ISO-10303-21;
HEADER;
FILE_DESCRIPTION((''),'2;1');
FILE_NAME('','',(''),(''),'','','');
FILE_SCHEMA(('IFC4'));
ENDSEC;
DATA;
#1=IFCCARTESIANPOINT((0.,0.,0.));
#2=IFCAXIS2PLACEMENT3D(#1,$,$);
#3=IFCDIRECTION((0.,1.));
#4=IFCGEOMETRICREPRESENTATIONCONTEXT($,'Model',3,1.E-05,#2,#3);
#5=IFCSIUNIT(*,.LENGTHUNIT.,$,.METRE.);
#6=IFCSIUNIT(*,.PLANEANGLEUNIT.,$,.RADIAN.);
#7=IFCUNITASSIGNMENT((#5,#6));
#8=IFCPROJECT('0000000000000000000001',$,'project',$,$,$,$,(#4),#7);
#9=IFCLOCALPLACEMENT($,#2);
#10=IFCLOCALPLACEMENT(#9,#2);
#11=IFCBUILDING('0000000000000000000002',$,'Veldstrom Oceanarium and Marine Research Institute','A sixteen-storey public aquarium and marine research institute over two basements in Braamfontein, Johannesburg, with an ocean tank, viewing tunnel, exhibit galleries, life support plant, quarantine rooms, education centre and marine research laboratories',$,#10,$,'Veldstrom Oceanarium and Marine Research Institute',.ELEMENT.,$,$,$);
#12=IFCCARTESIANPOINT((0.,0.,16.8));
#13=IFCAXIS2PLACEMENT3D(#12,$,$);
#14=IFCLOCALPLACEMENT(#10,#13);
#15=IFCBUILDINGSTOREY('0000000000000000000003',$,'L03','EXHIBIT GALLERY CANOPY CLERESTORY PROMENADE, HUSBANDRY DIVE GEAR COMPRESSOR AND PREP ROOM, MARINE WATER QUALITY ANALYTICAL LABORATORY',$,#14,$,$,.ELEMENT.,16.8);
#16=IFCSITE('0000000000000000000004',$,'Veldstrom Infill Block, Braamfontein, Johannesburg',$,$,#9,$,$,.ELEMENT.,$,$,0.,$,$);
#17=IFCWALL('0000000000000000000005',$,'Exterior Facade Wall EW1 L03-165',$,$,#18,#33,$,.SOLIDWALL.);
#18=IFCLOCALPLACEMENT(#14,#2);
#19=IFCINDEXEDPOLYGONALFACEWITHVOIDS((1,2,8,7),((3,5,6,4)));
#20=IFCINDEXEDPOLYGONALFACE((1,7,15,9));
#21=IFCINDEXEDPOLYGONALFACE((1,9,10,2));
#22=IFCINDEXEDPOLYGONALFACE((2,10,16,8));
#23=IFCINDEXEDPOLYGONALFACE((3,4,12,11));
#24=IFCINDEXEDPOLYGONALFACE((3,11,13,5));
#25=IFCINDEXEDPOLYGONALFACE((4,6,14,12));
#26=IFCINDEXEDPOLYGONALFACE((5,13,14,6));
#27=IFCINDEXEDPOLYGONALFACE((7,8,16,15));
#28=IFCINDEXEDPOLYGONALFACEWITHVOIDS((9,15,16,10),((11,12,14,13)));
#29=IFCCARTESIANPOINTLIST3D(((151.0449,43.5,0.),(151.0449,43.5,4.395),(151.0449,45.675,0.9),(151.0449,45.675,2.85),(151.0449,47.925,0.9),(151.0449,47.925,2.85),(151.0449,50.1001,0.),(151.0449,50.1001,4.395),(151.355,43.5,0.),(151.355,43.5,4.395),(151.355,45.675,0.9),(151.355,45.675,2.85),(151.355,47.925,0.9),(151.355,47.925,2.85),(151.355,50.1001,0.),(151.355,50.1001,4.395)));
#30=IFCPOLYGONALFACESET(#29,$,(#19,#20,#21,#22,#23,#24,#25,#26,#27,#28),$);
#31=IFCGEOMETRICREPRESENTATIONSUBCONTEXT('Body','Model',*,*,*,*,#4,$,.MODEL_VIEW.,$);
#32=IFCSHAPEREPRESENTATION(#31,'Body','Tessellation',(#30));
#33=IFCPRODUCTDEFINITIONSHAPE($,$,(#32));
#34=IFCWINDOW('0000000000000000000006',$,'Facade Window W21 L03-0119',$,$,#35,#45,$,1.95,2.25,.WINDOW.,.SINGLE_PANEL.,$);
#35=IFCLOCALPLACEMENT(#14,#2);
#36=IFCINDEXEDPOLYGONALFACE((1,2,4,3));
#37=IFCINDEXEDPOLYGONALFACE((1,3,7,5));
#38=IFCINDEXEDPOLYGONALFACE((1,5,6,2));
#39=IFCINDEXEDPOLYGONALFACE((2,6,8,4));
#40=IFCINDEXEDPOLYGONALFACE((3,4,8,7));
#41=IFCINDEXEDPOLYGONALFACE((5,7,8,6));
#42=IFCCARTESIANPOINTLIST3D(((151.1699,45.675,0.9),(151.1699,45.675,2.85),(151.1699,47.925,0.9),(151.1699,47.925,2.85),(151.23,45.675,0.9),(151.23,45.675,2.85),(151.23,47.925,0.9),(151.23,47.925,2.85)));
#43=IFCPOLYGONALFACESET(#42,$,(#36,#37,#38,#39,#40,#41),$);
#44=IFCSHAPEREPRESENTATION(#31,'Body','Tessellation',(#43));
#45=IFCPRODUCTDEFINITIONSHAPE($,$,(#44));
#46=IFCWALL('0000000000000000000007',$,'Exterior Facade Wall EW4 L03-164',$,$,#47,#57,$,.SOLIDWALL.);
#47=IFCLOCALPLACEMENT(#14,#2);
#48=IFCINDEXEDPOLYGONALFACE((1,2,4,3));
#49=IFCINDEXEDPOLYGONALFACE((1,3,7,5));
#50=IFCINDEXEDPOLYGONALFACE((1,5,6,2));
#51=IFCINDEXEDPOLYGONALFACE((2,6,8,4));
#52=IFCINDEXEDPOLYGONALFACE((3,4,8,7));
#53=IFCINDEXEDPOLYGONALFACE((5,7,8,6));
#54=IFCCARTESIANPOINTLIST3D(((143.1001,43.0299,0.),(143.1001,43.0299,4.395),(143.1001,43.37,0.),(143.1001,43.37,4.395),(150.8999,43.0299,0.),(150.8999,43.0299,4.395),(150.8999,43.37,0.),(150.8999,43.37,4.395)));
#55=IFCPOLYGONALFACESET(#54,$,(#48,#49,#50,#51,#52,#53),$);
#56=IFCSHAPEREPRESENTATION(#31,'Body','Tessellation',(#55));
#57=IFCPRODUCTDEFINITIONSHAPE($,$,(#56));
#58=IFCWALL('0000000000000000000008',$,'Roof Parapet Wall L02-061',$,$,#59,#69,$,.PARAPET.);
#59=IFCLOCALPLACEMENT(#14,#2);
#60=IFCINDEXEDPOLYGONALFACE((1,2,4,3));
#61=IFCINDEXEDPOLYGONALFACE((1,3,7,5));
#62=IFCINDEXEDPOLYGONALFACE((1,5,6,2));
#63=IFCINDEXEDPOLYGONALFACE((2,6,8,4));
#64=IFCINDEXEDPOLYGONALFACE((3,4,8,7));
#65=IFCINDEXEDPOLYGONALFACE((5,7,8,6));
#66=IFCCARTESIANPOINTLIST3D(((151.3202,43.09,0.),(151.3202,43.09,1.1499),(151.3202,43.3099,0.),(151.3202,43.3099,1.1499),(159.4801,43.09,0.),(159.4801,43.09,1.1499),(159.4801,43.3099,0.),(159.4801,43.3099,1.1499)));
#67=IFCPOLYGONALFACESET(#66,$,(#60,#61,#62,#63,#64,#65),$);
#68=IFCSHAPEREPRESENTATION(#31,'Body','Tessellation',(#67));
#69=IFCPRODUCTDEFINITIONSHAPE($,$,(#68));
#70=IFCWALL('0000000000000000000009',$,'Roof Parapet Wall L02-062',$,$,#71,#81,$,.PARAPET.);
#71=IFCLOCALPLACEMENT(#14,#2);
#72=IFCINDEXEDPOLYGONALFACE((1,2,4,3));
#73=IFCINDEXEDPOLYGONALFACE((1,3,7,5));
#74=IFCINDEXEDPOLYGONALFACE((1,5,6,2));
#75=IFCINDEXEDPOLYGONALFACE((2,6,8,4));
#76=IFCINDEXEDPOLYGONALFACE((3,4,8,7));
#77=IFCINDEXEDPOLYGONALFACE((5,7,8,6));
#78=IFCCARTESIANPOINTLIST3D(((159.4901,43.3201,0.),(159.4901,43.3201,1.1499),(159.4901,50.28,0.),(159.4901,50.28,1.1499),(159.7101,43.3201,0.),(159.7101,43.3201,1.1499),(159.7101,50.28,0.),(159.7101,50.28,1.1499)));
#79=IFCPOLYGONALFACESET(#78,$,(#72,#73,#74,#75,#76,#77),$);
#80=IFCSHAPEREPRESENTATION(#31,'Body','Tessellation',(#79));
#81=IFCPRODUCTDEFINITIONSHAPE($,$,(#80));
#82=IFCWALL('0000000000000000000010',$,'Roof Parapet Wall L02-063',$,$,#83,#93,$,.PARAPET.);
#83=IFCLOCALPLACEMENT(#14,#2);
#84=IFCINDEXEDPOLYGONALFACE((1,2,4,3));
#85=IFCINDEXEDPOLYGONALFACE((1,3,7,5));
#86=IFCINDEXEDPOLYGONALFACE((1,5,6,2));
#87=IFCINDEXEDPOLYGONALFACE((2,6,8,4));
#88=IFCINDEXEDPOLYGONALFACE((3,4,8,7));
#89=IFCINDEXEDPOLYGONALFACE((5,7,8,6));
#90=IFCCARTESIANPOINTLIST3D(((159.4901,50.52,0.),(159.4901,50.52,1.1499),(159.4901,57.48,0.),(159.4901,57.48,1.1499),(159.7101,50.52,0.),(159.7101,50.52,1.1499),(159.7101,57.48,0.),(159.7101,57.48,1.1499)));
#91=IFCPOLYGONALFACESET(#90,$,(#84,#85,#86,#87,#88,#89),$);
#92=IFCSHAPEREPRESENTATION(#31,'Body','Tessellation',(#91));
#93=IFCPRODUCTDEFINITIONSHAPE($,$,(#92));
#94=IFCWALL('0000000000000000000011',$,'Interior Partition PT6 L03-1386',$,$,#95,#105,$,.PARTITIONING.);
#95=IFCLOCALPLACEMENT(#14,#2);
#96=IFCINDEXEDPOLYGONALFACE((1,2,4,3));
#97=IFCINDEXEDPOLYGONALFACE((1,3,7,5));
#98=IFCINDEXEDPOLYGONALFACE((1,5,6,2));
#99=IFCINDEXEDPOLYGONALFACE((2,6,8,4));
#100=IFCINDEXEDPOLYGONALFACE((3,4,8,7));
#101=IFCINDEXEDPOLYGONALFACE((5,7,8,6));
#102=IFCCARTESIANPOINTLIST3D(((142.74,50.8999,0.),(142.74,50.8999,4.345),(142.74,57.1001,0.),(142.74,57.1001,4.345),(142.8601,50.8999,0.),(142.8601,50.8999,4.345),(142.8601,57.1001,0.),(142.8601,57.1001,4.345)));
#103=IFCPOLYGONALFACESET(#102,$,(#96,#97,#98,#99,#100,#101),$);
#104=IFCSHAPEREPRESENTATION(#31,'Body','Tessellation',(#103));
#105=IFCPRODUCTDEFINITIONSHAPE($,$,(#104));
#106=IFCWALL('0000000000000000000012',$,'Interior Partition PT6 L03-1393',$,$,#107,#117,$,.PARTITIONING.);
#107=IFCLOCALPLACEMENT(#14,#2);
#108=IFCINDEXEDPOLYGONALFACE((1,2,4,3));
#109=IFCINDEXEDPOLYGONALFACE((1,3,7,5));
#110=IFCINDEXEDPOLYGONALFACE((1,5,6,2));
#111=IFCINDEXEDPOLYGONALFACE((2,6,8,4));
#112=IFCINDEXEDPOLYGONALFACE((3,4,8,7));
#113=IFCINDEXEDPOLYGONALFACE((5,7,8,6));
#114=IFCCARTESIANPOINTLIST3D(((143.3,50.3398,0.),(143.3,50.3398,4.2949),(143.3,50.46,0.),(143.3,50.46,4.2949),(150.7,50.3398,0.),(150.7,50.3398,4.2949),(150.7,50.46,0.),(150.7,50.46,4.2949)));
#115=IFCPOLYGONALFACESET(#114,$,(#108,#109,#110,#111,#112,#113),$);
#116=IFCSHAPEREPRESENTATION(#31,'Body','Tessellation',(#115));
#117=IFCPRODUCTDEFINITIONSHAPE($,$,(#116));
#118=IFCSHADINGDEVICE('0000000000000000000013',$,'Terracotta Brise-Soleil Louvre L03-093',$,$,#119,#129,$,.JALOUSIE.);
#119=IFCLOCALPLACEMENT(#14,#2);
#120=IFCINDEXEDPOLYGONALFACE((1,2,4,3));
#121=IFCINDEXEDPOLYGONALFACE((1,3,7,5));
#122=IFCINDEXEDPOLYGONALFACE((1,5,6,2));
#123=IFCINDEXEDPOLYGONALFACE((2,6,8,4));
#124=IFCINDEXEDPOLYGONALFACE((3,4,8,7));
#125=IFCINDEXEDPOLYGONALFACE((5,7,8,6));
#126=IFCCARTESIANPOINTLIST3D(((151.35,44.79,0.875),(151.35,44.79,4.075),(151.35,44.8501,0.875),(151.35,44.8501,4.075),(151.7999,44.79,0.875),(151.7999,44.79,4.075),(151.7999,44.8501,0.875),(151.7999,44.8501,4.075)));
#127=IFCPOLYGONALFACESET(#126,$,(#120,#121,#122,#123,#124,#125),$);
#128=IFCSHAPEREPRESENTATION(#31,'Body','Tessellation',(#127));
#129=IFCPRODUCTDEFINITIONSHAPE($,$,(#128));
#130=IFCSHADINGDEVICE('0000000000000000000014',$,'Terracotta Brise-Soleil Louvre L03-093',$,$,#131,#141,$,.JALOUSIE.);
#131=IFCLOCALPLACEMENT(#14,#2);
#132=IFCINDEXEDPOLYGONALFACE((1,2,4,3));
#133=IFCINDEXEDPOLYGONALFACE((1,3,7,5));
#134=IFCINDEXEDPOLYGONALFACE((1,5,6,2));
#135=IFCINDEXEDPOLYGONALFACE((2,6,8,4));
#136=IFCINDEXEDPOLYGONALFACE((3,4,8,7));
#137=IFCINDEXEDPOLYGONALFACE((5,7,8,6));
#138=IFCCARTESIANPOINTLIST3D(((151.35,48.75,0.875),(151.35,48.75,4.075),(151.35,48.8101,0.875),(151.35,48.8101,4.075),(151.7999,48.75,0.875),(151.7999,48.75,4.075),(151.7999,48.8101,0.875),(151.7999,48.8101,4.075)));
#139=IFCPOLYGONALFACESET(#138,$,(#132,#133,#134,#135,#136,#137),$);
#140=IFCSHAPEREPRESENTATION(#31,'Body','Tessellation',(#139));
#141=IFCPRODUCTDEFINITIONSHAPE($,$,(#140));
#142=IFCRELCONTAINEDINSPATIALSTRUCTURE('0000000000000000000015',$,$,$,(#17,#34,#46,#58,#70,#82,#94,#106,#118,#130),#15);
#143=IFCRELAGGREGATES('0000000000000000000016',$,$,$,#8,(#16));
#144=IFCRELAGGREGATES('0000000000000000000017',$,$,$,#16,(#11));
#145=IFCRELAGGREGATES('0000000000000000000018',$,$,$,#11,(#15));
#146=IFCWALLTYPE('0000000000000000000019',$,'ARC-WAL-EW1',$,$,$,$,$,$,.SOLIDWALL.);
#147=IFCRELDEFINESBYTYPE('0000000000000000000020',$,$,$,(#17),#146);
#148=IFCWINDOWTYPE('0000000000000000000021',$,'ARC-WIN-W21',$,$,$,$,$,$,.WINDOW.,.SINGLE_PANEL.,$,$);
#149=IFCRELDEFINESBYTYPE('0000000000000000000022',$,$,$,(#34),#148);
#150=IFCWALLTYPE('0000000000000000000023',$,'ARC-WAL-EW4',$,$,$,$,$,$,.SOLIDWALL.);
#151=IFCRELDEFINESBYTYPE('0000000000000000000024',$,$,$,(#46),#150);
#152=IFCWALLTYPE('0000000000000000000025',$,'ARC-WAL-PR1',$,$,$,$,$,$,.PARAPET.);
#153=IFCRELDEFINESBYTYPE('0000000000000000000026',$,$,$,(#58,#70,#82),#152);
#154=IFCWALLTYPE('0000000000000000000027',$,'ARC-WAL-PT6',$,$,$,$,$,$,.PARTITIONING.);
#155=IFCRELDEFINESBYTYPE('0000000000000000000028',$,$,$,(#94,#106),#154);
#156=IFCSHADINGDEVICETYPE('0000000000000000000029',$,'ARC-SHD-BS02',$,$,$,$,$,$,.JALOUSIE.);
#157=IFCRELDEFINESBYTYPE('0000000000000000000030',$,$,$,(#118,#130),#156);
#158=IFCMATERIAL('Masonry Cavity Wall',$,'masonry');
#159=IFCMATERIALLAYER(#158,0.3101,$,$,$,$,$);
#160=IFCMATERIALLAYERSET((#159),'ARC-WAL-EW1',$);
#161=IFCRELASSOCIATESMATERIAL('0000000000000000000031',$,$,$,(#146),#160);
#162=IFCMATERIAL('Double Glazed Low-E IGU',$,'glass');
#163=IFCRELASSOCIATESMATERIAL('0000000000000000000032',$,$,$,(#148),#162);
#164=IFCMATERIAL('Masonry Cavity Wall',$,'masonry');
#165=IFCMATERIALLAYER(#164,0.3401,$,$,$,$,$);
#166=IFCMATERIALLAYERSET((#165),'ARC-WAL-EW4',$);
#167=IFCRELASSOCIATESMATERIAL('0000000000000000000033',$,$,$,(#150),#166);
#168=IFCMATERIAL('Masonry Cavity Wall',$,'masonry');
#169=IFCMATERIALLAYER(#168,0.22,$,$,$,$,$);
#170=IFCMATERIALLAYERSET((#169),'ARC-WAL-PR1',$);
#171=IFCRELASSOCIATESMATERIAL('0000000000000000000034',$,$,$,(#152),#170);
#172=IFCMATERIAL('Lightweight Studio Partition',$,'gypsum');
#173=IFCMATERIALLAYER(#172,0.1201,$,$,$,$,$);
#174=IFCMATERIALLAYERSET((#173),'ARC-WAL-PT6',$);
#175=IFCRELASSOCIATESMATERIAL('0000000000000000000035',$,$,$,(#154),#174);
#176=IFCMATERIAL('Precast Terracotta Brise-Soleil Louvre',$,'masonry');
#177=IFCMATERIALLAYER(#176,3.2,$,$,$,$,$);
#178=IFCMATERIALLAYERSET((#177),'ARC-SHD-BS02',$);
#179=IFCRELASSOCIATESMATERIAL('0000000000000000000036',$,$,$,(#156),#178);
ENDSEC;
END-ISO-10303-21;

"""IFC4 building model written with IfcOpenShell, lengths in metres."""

from ifc_helpers import new_model, si_unit, direction, frame, frame_2d, origin, origin_2d, place, context, subcontext, project, spatial, rectangle, extrude, material, layer, layer_set, type_object, element, fill, save


model = new_model("IFC4")

# Units and contexts
model_context = context("Model", 3, precision=1e-05, world=origin(), true_north=direction((0.0, 1.0)))
body_context = subcontext(model_context, "Body", "Model", "MODEL_VIEW")
ifc_project = project(units=[si_unit("LENGTHUNIT", "METRE"), si_unit("PLANEANGLEUNIT", "RADIAN")], contexts=[model_context])

# Site, building, storey
site_placement = place(None, origin())
site = spatial("IfcSite", under=ifc_project, at=site_placement, Name="Veldstrom Infill Block, Braamfontein, Johannesburg", CompositionType="ELEMENT", RefElevation=0.0)
building_placement = place(site_placement, origin())
building = spatial("IfcBuilding", under=site, at=building_placement, Name="Veldstrom Oceanarium and Marine Research Institute", Description="A sixteen-storey public aquarium and marine research institute over two basements in Braamfontein, Johannesburg, with an ocean tank, viewing tunnel, exhibit galleries, life support plant, quarantine rooms, education centre and marine research laboratories", LongName="Veldstrom Oceanarium and Marine Research Institute", CompositionType="ELEMENT")
storey_placement = place(building_placement, frame((0.0, 0.0, 16.8)))
storey = spatial("IfcBuildingStorey", under=building, at=storey_placement, Name="L03", Description="EXHIBIT GALLERY CANOPY CLERESTORY PROMENADE, HUSBANDRY DIVE GEAR COMPRESSOR AND PREP ROOM, MARINE WATER QUALITY ANALYTICAL LABORATORY", CompositionType="ELEMENT", Elevation=16.8)

# Wall, opening, window
ifc_material_1 = material(Name="Masonry Cavity Wall", Category="masonry")
ifc_layer_1 = layer(ifc_material_1, 0.3101)
ifc_layer_set_1 = layer_set([ifc_layer_1], Name="ARC-WAL-EW1")
wall_type_1 = type_object("IfcWallType", Name="ARC-WAL-EW1", PredefinedType="SOLIDWALL", material=ifc_layer_set_1)
wall_1_placement = place(storey_placement, frame((151.2, 43.5, 0.0), z_axis=(0.0, 0.0, 1.0), x_axis=(0.0, 1.0, 0.0)))
wall_1 = element("IfcWall", 1, at=wall_1_placement, inside=storey, type_object=wall_type_1, Name="Exterior Facade Wall EW1 L03-165", PredefinedType="SOLIDWALL", context=body_context, shape_type="SweptSolid", body=[
    extrude(rectangle(XDim=6.6001, YDim=0.3101, at=frame_2d((3.3, 0.0))), origin(), (0.0, 0.0, 1.0), 4.395),
])
opening_placement = place(wall_1_placement, frame((2.175, 0.0, 0.8999)))
opening = element("IfcOpeningElement", 2, at=opening_placement, cuts=wall_1, PredefinedType="OPENING", context=body_context, shape_type="SweptSolid", body=[
    extrude(rectangle(XDim=2.25, YDim=1.95, at=frame_2d((1.125, 0.9751))), frame((0.0, 0.165, 0.0), z_axis=(0.0, -1.0, 0.0), x_axis=(1.0, 0.0, 0.0)), (0.0, 0.0, 1.0), 0.3301),
])
ifc_material_2 = material(Name="Double Glazed Low-E IGU", Category="glass")
window_type = type_object("IfcWindowType", Name="ARC-WIN-W21", PartitioningType="SINGLE_PANEL", PredefinedType="WINDOW", material=ifc_material_2)
window_placement = place(opening_placement, origin())
window = element("IfcWindow", 3, at=window_placement, inside=storey, type_object=window_type, Name="Facade Window W21 L03-0119", OverallHeight=1.95, OverallWidth=2.25, PartitioningType="SINGLE_PANEL", PredefinedType="WINDOW", context=body_context, shape_type="SweptSolid", body=[
    extrude(rectangle(XDim=2.25, YDim=1.95, at=frame_2d((1.125, 0.9751))), frame((0.0, 0.03, 0.0), z_axis=(0.0, -1.0, 0.0), x_axis=(1.0, 0.0, 0.0)), (0.0, 0.0, 1.0), 0.0601),
])
fill(opening, window)

# Walls
ifc_material_3 = material(Name="Masonry Cavity Wall", Category="masonry")
ifc_layer_2 = layer(ifc_material_3, 0.3401)
ifc_layer_set_2 = layer_set([ifc_layer_2], Name="ARC-WAL-EW4")
wall_type_2 = type_object("IfcWallType", Name="ARC-WAL-EW4", PredefinedType="SOLIDWALL", material=ifc_layer_set_2)
wall_2_placement = place(storey_placement, frame((143.1001, 43.2, 0.0), z_axis=(0.0, 0.0, 1.0), x_axis=(1.0, 0.0, 0.0)))
element("IfcWall", 4, at=wall_2_placement, inside=storey, type_object=wall_type_2, Name="Exterior Facade Wall EW4 L03-164", PredefinedType="SOLIDWALL", context=body_context, shape_type="SweptSolid", body=[
    extrude(rectangle(XDim=7.7998, YDim=0.3401, at=frame_2d((3.8999, 0.0))), origin(), (0.0, 0.0, 1.0), 4.395),
])
ifc_material_4 = material(Name="Masonry Cavity Wall", Category="masonry")
ifc_layer_3 = layer(ifc_material_4, 0.22)
ifc_layer_set_3 = layer_set([ifc_layer_3], Name="ARC-WAL-PR1")
wall_type_3 = type_object("IfcWallType", Name="ARC-WAL-PR1", PredefinedType="PARAPET", material=ifc_layer_set_3)
wall_3_placement = place(storey_placement, frame((151.3201, 43.2, 0.0), z_axis=(0.0, 0.0, 1.0), x_axis=(1.0, 0.0, 0.0)))
element("IfcWall", 5, at=wall_3_placement, inside=storey, type_object=wall_type_3, Name="Roof Parapet Wall L02-061", PredefinedType="PARAPET", context=body_context, shape_type="SweptSolid", body=[
    extrude(rectangle(XDim=8.1599, YDim=0.22, at=frame_2d((4.0801, 0.0))), origin(), (0.0, 0.0, 1.0), 1.1499),
])
for number, where, z_axis, x_axis, name in (
    (6, (159.6001, 43.3201, 0.0), (0.0, 0.0, 1.0), (0.0, 1.0, 0.0), "Roof Parapet Wall L02-062"),
    (7, (159.6001, 50.52, 0.0), (0.0, 0.0, 1.0), (0.0, 1.0, 0.0), "Roof Parapet Wall L02-063"),
):
    element("IfcWall", number, at=place(storey_placement, frame(where, z_axis=z_axis, x_axis=x_axis)), inside=storey, type_object=wall_type_3, Name=name, PredefinedType="PARAPET", context=body_context, shape_type="SweptSolid", body=[
        extrude(rectangle(XDim=6.96, YDim=0.22, at=frame_2d((3.48, 0.0))), origin(), (0.0, 0.0, 1.0), 1.1499),
    ])
ifc_material_5 = material(Name="Lightweight Studio Partition", Category="gypsum")
ifc_layer_4 = layer(ifc_material_5, 0.1201)
ifc_layer_set_4 = layer_set([ifc_layer_4], Name="ARC-WAL-PT6")
wall_type_4 = type_object("IfcWallType", Name="ARC-WAL-PT6", PredefinedType="PARTITIONING", material=ifc_layer_set_4)
wall_4_placement = place(storey_placement, frame((142.8, 50.8999, 0.0), z_axis=(0.0, 0.0, 1.0), x_axis=(0.0, 1.0, 0.0)))
element("IfcWall", 8, at=wall_4_placement, inside=storey, type_object=wall_type_4, Name="Interior Partition PT6 L03-1386", PredefinedType="PARTITIONING", context=body_context, shape_type="SweptSolid", body=[
    extrude(rectangle(XDim=6.2002, YDim=0.1201, at=frame_2d((3.1001, 0.0))), origin(), (0.0, 0.0, 1.0), 4.345),
])
wall_5_placement = place(storey_placement, frame((143.3, 50.3999, 0.0), z_axis=(0.0, 0.0, 1.0), x_axis=(1.0, 0.0, 0.0)))
element("IfcWall", 9, at=wall_5_placement, inside=storey, type_object=wall_type_4, Name="Interior Partition PT6 L03-1393", PredefinedType="PARTITIONING", context=body_context, shape_type="SweptSolid", body=[
    extrude(rectangle(XDim=7.3999, YDim=0.1201, at=frame_2d((3.7, 0.0))), origin(), (0.0, 0.0, 1.0), 4.2949),
])

# Shading devices
ifc_material_6 = material(Name="Precast Terracotta Brise-Soleil Louvre", Category="masonry")
ifc_layer_5 = layer(ifc_material_6, 3.2)
ifc_layer_set_5 = layer_set([ifc_layer_5], Name="ARC-SHD-BS02")
shading_device_type = type_object("IfcShadingDeviceType", Name="ARC-SHD-BS02", PredefinedType="JALOUSIE", material=ifc_layer_set_5)
for number, where, z_axis, x_axis, name in (
    (10, (151.575, 44.8201, 0.875), (0.0, 0.0, 1.0), (1.0, 0.0, 0.0), "Terracotta Brise-Soleil Louvre L03-093"),
    (11, (151.575, 48.78, 0.875), (0.0, 0.0, 1.0), (1.0, 0.0, 0.0), "Terracotta Brise-Soleil Louvre L03-093"),
):
    element("IfcShadingDevice", number, at=place(storey_placement, frame(where, z_axis=z_axis, x_axis=x_axis)), inside=storey, type_object=shading_device_type, Name=name, PredefinedType="JALOUSIE", context=body_context, shape_type="SweptSolid", body=[
        extrude(rectangle(XDim=0.45, YDim=0.0601, at=origin_2d()), origin(), (0.0, 0.0, 1.0), 3.2),
    ])

save(model, "model.ifc")
